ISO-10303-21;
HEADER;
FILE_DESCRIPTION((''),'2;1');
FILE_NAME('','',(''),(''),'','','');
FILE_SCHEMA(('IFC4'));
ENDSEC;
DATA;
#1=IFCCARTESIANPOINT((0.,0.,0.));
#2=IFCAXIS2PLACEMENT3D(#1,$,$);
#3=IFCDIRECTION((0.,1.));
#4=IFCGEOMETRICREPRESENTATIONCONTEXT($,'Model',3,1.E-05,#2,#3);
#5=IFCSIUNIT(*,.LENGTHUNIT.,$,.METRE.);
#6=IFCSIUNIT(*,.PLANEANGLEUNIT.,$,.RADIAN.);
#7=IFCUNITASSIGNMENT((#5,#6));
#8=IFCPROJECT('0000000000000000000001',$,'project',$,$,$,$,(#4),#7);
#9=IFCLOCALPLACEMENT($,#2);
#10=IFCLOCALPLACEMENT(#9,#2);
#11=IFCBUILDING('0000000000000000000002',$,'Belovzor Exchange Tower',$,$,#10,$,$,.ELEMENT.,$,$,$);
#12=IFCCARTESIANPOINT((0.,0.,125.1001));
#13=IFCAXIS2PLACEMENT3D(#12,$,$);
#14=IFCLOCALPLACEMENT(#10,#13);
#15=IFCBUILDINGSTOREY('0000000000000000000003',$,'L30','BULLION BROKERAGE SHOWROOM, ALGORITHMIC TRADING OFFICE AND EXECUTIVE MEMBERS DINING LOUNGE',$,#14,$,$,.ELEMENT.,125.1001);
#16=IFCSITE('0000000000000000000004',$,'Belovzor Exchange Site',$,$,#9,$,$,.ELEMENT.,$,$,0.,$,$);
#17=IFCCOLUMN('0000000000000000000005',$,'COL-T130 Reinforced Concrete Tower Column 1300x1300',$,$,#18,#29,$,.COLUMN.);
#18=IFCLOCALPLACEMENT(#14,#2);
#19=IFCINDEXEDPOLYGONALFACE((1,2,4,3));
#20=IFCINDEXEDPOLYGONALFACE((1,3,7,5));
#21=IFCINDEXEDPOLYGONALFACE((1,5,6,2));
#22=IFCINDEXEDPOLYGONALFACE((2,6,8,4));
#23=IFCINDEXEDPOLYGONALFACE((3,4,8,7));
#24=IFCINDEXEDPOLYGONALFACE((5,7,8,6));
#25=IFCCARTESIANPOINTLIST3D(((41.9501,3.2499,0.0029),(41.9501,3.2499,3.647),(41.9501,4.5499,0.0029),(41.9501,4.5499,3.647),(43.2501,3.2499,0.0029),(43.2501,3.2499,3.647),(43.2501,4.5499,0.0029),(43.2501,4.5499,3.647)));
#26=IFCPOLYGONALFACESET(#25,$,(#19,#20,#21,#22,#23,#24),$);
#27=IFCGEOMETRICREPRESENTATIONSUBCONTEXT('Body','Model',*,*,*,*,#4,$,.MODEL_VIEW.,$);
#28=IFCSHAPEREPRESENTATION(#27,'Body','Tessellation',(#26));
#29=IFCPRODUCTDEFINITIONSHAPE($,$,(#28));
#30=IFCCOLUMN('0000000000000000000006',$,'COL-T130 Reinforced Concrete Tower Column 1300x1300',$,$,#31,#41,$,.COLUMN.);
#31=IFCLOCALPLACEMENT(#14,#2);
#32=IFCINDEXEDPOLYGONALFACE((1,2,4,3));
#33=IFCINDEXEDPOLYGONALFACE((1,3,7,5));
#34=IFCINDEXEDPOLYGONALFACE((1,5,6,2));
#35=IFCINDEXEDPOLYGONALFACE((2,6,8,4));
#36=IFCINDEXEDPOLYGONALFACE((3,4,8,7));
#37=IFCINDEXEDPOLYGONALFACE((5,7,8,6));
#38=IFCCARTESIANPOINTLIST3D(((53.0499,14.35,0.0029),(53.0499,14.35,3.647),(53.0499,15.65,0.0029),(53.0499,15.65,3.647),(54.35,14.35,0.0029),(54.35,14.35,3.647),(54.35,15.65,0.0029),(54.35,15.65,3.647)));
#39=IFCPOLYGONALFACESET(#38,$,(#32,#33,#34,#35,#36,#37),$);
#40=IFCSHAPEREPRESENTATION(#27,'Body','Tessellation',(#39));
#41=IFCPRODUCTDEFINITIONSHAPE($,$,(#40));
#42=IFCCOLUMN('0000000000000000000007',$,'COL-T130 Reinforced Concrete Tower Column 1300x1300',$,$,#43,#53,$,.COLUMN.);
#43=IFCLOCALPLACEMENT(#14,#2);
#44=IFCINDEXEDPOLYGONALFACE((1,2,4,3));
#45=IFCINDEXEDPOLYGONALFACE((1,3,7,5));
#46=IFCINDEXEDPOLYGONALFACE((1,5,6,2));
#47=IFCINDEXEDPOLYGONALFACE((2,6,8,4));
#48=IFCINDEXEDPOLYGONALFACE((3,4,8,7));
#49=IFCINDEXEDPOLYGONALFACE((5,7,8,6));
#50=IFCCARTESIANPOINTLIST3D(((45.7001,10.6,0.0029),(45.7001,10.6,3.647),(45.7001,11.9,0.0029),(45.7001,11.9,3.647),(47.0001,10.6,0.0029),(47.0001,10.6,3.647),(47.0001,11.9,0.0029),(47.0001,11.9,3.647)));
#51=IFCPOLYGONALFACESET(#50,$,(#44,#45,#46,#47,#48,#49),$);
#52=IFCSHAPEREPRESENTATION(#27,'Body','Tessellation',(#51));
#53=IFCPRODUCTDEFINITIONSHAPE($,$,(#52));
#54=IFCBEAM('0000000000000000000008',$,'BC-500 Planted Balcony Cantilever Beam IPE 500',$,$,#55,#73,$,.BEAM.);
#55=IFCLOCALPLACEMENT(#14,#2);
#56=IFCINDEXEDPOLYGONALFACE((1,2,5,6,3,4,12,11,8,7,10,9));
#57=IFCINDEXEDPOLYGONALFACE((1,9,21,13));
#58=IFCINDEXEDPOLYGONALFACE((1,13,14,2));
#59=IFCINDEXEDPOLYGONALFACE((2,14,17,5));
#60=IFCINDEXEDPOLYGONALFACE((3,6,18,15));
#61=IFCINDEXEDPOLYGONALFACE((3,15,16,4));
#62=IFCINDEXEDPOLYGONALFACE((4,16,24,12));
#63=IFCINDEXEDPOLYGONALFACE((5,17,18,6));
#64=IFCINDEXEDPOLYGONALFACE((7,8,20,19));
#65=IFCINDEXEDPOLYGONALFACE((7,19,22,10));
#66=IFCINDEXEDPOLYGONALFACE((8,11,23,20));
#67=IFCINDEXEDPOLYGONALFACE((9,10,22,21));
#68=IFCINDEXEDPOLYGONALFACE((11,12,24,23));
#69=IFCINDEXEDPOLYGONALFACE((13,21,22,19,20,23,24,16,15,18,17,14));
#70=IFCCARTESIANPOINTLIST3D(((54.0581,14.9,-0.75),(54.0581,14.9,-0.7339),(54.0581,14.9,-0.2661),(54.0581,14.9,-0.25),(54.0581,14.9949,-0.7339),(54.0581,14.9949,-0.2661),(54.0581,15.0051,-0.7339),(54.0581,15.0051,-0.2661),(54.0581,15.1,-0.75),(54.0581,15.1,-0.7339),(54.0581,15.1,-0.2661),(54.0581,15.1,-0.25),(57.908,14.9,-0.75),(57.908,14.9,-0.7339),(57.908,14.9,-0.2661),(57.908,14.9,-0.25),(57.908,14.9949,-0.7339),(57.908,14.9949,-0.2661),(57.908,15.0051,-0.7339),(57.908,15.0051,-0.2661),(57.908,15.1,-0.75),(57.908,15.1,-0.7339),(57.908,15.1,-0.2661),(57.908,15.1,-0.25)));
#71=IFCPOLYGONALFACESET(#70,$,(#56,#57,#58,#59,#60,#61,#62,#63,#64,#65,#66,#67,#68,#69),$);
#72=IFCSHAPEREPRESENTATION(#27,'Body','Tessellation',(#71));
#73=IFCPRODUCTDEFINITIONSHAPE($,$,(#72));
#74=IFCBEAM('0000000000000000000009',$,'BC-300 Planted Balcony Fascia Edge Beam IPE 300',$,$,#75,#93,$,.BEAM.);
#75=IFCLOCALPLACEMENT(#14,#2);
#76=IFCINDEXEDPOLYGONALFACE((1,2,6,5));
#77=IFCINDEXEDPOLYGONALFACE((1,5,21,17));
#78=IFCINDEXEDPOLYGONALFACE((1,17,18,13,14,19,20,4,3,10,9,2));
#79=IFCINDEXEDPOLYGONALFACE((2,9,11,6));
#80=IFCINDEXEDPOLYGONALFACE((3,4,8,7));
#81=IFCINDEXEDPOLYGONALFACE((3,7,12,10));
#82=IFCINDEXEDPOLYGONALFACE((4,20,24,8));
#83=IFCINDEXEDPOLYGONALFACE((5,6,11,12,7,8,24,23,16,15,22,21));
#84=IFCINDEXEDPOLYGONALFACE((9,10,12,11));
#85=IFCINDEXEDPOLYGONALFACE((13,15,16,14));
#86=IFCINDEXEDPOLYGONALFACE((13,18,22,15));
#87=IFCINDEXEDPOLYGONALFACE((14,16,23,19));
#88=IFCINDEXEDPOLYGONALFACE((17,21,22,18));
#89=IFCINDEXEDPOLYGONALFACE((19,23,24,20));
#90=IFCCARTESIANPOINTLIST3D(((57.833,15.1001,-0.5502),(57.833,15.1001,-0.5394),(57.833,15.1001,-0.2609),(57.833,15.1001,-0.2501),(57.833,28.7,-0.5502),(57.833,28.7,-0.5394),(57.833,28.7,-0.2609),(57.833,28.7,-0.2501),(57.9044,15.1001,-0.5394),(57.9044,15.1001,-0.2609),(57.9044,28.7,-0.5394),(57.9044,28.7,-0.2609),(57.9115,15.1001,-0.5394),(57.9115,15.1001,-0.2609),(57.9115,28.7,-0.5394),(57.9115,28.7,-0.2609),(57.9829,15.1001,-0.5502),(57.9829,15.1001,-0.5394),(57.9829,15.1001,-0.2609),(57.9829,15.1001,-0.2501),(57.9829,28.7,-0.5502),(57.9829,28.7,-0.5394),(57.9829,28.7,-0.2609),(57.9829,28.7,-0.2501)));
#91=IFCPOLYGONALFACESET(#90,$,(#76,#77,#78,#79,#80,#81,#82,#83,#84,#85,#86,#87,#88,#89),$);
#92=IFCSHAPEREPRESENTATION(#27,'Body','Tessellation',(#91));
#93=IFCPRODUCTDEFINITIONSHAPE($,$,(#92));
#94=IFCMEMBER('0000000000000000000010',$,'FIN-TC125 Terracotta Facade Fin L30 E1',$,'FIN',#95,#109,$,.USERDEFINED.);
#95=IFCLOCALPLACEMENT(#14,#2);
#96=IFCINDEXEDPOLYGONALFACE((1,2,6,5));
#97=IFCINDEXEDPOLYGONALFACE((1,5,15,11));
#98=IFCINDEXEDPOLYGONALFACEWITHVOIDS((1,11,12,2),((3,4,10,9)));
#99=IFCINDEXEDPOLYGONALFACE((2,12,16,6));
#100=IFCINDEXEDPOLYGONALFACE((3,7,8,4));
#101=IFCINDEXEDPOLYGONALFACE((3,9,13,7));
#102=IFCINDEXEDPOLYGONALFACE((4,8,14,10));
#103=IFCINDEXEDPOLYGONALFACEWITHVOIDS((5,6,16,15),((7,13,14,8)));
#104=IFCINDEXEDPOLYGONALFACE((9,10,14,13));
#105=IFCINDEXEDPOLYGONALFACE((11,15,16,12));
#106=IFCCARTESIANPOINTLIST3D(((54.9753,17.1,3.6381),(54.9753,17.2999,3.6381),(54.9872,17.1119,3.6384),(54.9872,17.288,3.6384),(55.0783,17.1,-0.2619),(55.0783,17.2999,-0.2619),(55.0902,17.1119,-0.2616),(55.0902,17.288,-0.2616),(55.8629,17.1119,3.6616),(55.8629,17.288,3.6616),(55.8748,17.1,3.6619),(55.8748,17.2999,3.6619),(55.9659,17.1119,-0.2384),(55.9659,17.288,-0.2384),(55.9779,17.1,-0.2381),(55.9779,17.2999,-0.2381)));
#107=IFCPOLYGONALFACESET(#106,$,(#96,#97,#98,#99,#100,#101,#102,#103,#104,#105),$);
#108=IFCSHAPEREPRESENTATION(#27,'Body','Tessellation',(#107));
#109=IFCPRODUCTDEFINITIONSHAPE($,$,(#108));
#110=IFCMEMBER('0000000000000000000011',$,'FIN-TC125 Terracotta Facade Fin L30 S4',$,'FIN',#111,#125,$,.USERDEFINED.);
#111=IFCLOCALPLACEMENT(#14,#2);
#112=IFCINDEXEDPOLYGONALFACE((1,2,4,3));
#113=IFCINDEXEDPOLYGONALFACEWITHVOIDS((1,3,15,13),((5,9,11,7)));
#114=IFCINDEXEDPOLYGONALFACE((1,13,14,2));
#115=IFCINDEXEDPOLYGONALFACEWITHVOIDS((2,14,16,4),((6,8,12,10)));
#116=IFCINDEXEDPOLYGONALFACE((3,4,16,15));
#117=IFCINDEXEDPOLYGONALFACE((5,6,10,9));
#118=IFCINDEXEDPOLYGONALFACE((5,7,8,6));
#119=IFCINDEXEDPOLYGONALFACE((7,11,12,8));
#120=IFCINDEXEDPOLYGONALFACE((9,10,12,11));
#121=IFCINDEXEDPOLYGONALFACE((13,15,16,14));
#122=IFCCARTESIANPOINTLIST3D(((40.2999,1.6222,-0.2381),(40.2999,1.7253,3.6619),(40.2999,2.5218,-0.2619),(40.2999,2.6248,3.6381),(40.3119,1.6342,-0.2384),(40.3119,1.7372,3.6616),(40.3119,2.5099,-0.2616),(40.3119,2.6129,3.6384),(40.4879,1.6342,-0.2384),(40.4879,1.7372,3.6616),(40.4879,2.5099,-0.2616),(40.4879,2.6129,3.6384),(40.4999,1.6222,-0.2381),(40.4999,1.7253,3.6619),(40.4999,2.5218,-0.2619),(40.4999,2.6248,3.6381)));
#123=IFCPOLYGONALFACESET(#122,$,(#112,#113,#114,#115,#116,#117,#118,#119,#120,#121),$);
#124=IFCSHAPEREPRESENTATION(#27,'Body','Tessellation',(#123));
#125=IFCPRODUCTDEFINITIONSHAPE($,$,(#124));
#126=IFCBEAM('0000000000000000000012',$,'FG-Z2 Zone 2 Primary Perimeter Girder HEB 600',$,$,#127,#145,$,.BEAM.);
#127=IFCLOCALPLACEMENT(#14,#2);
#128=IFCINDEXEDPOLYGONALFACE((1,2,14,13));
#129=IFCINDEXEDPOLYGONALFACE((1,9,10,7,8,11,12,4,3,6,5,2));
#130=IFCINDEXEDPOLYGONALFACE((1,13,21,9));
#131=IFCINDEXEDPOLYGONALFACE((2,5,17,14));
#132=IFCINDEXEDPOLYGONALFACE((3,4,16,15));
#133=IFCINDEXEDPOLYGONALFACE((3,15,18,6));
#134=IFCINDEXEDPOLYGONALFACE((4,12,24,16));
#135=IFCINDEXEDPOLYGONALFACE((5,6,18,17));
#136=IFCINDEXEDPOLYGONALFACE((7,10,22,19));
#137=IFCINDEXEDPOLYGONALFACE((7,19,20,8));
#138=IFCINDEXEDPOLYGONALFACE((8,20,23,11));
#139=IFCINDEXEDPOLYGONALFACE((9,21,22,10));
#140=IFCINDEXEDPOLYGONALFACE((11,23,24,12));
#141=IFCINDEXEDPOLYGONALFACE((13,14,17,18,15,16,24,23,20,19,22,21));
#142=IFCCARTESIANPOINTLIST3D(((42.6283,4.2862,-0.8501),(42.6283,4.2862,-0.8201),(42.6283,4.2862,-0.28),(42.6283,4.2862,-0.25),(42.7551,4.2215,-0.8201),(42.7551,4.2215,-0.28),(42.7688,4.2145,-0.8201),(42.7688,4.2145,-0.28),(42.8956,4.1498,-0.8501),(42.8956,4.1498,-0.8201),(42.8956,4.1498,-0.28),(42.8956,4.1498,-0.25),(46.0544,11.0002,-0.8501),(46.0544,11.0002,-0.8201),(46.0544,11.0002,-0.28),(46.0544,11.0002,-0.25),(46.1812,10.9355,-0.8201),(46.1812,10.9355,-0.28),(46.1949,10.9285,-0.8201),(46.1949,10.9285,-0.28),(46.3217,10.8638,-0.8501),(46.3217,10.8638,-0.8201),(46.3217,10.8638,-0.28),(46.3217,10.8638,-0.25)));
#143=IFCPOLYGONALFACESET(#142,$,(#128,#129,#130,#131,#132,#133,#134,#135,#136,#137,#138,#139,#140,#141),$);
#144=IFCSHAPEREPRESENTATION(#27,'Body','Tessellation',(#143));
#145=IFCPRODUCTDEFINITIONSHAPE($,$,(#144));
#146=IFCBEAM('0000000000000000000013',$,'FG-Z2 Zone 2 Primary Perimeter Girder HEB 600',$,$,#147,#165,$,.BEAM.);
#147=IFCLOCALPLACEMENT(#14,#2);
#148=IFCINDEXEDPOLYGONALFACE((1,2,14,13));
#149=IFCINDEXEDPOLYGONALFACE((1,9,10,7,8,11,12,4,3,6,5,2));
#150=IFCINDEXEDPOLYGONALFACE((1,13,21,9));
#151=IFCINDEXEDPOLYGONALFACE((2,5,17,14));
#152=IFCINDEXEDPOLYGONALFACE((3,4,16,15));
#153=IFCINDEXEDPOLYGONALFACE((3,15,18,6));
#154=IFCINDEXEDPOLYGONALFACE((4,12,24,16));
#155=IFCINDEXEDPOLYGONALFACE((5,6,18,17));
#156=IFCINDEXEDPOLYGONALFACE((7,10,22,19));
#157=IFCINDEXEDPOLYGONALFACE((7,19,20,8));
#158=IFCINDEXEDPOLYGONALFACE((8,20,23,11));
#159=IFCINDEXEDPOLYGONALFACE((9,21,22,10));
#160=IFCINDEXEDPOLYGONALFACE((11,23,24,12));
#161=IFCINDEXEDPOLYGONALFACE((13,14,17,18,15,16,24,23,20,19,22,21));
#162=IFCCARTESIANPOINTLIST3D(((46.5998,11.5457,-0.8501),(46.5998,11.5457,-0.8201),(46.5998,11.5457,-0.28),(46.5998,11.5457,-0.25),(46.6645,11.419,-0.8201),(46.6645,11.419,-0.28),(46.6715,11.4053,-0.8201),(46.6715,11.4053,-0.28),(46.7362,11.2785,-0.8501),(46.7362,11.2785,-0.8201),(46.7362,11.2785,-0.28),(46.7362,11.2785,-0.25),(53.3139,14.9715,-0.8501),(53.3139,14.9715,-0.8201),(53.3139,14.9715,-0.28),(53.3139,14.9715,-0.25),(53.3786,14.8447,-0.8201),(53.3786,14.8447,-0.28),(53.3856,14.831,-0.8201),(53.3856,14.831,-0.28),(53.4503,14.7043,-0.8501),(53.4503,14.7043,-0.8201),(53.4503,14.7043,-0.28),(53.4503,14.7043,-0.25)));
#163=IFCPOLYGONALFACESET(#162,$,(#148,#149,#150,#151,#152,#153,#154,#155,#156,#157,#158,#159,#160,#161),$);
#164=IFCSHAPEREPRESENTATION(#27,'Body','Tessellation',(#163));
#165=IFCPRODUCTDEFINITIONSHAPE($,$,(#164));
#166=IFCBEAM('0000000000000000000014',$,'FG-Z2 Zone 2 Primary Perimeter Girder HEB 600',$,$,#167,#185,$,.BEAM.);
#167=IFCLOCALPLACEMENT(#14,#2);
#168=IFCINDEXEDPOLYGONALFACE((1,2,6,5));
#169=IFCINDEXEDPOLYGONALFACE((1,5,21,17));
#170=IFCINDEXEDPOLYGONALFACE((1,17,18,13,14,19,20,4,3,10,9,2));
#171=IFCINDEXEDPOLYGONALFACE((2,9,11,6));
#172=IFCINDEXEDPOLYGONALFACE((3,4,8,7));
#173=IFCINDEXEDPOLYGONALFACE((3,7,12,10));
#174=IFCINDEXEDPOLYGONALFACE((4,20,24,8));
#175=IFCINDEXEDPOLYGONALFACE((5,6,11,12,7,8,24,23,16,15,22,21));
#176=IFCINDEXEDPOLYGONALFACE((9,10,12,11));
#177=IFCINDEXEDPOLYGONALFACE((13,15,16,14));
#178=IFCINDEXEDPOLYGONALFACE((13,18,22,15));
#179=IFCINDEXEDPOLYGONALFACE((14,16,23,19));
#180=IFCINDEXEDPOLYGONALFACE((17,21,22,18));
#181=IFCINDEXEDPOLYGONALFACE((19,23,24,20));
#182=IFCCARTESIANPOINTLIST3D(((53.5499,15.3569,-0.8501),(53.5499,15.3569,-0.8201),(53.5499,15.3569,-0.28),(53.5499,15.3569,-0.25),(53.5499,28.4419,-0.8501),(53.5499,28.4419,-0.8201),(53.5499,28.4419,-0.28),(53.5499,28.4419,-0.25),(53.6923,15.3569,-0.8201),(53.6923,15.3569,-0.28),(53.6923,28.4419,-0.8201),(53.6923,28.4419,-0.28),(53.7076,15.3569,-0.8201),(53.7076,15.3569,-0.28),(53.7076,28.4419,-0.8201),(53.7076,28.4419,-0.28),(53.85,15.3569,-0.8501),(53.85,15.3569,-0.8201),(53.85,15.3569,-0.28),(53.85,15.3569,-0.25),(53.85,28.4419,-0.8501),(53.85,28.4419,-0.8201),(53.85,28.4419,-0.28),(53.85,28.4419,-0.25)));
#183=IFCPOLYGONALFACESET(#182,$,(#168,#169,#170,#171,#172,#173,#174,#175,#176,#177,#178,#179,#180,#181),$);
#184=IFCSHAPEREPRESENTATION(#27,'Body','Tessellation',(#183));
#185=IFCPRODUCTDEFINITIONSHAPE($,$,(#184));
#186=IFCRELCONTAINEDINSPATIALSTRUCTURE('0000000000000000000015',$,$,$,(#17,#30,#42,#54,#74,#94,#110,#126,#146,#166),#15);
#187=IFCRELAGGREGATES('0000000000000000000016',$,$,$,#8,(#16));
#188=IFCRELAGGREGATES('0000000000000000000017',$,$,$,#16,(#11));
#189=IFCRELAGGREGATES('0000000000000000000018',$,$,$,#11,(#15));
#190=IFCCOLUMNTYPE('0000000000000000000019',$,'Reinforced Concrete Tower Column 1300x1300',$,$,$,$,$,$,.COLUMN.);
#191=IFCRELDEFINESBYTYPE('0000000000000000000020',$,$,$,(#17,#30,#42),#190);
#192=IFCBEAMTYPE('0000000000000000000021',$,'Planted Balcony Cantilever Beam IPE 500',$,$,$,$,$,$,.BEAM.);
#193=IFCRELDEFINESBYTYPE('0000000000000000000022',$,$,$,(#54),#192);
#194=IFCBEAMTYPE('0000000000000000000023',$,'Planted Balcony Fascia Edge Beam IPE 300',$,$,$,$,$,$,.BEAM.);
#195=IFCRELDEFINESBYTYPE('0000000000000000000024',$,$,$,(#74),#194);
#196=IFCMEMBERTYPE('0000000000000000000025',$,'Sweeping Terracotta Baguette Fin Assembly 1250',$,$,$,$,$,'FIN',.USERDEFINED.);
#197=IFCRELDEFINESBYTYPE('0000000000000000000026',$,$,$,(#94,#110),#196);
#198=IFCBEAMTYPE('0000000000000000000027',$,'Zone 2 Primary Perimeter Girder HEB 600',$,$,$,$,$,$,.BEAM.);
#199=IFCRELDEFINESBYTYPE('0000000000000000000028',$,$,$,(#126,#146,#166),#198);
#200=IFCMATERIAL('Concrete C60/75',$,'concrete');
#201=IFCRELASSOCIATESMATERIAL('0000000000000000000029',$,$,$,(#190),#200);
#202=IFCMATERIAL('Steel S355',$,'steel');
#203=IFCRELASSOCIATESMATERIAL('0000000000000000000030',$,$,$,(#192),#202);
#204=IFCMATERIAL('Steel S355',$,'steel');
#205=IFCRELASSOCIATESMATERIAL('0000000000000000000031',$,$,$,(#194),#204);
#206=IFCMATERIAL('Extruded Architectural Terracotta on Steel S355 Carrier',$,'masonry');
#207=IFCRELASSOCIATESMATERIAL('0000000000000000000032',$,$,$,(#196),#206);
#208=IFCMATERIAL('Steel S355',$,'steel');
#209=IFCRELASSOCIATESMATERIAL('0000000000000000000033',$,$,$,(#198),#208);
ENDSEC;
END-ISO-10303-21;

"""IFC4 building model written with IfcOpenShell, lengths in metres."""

from ifc_helpers import new_model, si_unit, direction, frame, origin, origin_2d, place, context, subcontext, project, spatial, rectangle, hollow_rectangle, i_section, extrude, material, material_profile, profile_set, type_object, element, save


model = new_model("IFC4")

# Units and contexts
model_context = context("Model", 3, precision=1e-05, world=origin(), true_north=direction((0.0, 1.0)))
body_context = subcontext(model_context, "Body", "Model", "MODEL_VIEW")
ifc_project = project(units=[si_unit("LENGTHUNIT", "METRE"), si_unit("PLANEANGLEUNIT", "RADIAN")], contexts=[model_context])

# Site, building, storey
site_placement = place(None, origin())
site = spatial("IfcSite", under=ifc_project, at=site_placement, Name="Belovzor Exchange Site", CompositionType="ELEMENT", RefElevation=0.0)
building_placement = place(site_placement, origin())
building = spatial("IfcBuilding", under=site, at=building_placement, Name="Belovzor Exchange Tower", CompositionType="ELEMENT")
storey_placement = place(building_placement, frame((0.0, 0.0, 125.1001)))
storey = spatial("IfcBuildingStorey", under=building, at=storey_placement, Name="L30", Description="BULLION BROKERAGE SHOWROOM, ALGORITHMIC TRADING OFFICE AND EXECUTIVE MEMBERS DINING LOUNGE", CompositionType="ELEMENT", Elevation=125.1001)

# Columns
ifc_material_1 = material(Name="Concrete C60/75", Category="concrete")
ifc_material_profile_1 = material_profile(ifc_material_1, rectangle(XDim=1.3, YDim=1.3, at=origin_2d()))
ifc_profile_set_1 = profile_set([ifc_material_profile_1], Name="Concrete C60/75")
column_type = type_object("IfcColumnType", Name="Reinforced Concrete Tower Column 1300x1300", PredefinedType="COLUMN", material=ifc_profile_set_1)
for number, where, z_axis, x_axis, name in (
    (1, (42.6001, 3.8999, 0.0029), (0.0, 0.0, 1.0), (1.0, 0.0, 0.0), "COL-T130 Reinforced Concrete Tower Column 1300x1300"),
    (2, (53.7, 15.0, 0.0029), (0.0, 0.0, 1.0), (1.0, 0.0, 0.0), "COL-T130 Reinforced Concrete Tower Column 1300x1300"),
    (3, (46.3501, 11.25, 0.0029), (0.0, 0.0, 1.0), (1.0, 0.0, 0.0), "COL-T130 Reinforced Concrete Tower Column 1300x1300"),
):
    element("IfcColumn", number, at=place(storey_placement, frame(where, z_axis=z_axis, x_axis=x_axis)), inside=storey, type_object=column_type, Name=name, PredefinedType="COLUMN", context=body_context, shape_type="SweptSolid", body=[
        extrude(rectangle(XDim=1.3, YDim=1.3, at=origin_2d()), origin(), (0.0, 0.0, 1.0), 3.644),
    ])

# Beams
ifc_material_2 = material(Name="Steel S355", Category="steel")
ifc_material_profile_2 = material_profile(ifc_material_2, i_section(OverallWidth=0.2, OverallDepth=0.5, WebThickness=0.0103, FlangeThickness=0.0161, at=origin_2d()))
ifc_profile_set_2 = profile_set([ifc_material_profile_2], Name="Steel S355")
beam_type_1 = type_object("IfcBeamType", Name="Planted Balcony Cantilever Beam IPE 500", PredefinedType="BEAM", material=ifc_profile_set_2)
beam_1_placement = place(storey_placement, frame((54.0581, 15.0, -0.5), z_axis=(1.0, 0.0, 0.0), x_axis=(0.0, 1.0, 0.0)))
element("IfcBeam", 4, at=beam_1_placement, inside=storey, type_object=beam_type_1, Name="BC-500 Planted Balcony Cantilever Beam IPE 500", PredefinedType="BEAM", context=body_context, shape_type="SweptSolid", body=[
    extrude(i_section(OverallWidth=0.2, OverallDepth=0.5, WebThickness=0.0103, FlangeThickness=0.0161, at=origin_2d()), origin(), (0.0, 0.0, 1.0), 3.8499),
])
ifc_material_3 = material(Name="Steel S355", Category="steel")
ifc_material_profile_3 = material_profile(ifc_material_3, i_section(OverallWidth=0.1499, OverallDepth=0.3, WebThickness=0.0071, FlangeThickness=0.0107, at=origin_2d()))
ifc_profile_set_3 = profile_set([ifc_material_profile_3], Name="Steel S355")
beam_type_2 = type_object("IfcBeamType", Name="Planted Balcony Fascia Edge Beam IPE 300", PredefinedType="BEAM", material=ifc_profile_set_3)
beam_2_placement = place(storey_placement, frame((57.908, 15.1001, -0.4001), z_axis=(0.0, 1.0, 0.0), x_axis=(-1.0, 0.0, 0.0)))
element("IfcBeam", 5, at=beam_2_placement, inside=storey, type_object=beam_type_2, Name="BC-300 Planted Balcony Fascia Edge Beam IPE 300", PredefinedType="BEAM", context=body_context, shape_type="SweptSolid", body=[
    extrude(i_section(OverallWidth=0.1499, OverallDepth=0.3, WebThickness=0.0071, FlangeThickness=0.0107, at=origin_2d()), origin(), (0.0, 0.0, 1.0), 13.5999),
])

# Members
ifc_material_4 = material(Name="Extruded Architectural Terracotta on Steel S355 Carrier", Category="masonry")
ifc_material_profile_4 = material_profile(ifc_material_4, hollow_rectangle(XDim=0.2, YDim=0.8999, WallThickness=0.012, at=origin_2d()))
ifc_profile_set_4 = profile_set([ifc_material_profile_4], Name="Extruded Architectural Terracotta on Steel S355 Carrier")
member_type = type_object("IfcMemberType", Name="Sweeping Terracotta Baguette Fin Assembly 1250", ElementType="FIN", PredefinedType="USERDEFINED", material=ifc_profile_set_4)
for number, where, z_axis, x_axis, name in (
    (6, (55.5281, 17.2, -0.25), (-0.026409, 0.0, 0.999651), (0.0, -1.0, 0.0), "FIN-TC125 Terracotta Facade Fin L30 E1"),
    (7, (40.3999, 2.072, -0.25), (0.0, 0.026409, 0.999651), (-1.0, 0.0, 0.0), "FIN-TC125 Terracotta Facade Fin L30 S4"),
):
    element("IfcMember", number, at=place(storey_placement, frame(where, z_axis=z_axis, x_axis=x_axis)), inside=storey, type_object=member_type, Name=name, ObjectType="FIN", PredefinedType="USERDEFINED", context=body_context, shape_type="SweptSolid", body=[
        extrude(hollow_rectangle(XDim=0.2, YDim=0.8999, WallThickness=0.012, at=origin_2d()), origin(), (0.0, 0.0, 1.0), 3.9014),
    ])

# Beams
ifc_material_5 = material(Name="Steel S355", Category="steel")
ifc_material_profile_5 = material_profile(ifc_material_5, i_section(OverallWidth=0.3, OverallDepth=0.6001, WebThickness=0.0154, FlangeThickness=0.03, at=origin_2d()))
ifc_profile_set_5 = profile_set([ifc_material_profile_5], Name="Steel S355")
beam_type_3 = type_object("IfcBeamType", Name="Zone 2 Primary Perimeter Girder HEB 600", PredefinedType="BEAM", material=ifc_profile_set_5)
for number, where, z_axis, x_axis, name in (
    (8, (42.762, 4.218, -0.55), (0.454532, 0.890731, 0.0), (-0.890731, 0.454532, 0.0), "FG-Z2 Zone 2 Primary Perimeter Girder HEB 600"),
    (9, (46.668, 11.4121, -0.55), (0.89075, 0.454493, 0.0), (-0.454493, 0.89075, 0.0), "FG-Z2 Zone 2 Primary Perimeter Girder HEB 600"),
):
    element("IfcBeam", number, at=place(storey_placement, frame(where, z_axis=z_axis, x_axis=x_axis)), inside=storey, type_object=beam_type_3, Name=name, PredefinedType="BEAM", context=body_context, shape_type="SweptSolid", body=[
        extrude(i_section(OverallWidth=0.3, OverallDepth=0.6001, WebThickness=0.0154, FlangeThickness=0.03, at=origin_2d()), origin(), (0.0, 0.0, 1.0), 7.5376),
    ])
beam_3_placement = place(storey_placement, frame((53.7, 15.3569, -0.55), z_axis=(0.0, 1.0, 0.0), x_axis=(-1.0, 0.0, 0.0)))
element("IfcBeam", 10, at=beam_3_placement, inside=storey, type_object=beam_type_3, Name="FG-Z2 Zone 2 Primary Perimeter Girder HEB 600", PredefinedType="BEAM", context=body_context, shape_type="SweptSolid", body=[
    extrude(i_section(OverallWidth=0.3, OverallDepth=0.6001, WebThickness=0.0154, FlangeThickness=0.03, at=origin_2d()), origin(), (0.0, 0.0, 1.0), 13.085),
])

save(model, "model.ifc")
